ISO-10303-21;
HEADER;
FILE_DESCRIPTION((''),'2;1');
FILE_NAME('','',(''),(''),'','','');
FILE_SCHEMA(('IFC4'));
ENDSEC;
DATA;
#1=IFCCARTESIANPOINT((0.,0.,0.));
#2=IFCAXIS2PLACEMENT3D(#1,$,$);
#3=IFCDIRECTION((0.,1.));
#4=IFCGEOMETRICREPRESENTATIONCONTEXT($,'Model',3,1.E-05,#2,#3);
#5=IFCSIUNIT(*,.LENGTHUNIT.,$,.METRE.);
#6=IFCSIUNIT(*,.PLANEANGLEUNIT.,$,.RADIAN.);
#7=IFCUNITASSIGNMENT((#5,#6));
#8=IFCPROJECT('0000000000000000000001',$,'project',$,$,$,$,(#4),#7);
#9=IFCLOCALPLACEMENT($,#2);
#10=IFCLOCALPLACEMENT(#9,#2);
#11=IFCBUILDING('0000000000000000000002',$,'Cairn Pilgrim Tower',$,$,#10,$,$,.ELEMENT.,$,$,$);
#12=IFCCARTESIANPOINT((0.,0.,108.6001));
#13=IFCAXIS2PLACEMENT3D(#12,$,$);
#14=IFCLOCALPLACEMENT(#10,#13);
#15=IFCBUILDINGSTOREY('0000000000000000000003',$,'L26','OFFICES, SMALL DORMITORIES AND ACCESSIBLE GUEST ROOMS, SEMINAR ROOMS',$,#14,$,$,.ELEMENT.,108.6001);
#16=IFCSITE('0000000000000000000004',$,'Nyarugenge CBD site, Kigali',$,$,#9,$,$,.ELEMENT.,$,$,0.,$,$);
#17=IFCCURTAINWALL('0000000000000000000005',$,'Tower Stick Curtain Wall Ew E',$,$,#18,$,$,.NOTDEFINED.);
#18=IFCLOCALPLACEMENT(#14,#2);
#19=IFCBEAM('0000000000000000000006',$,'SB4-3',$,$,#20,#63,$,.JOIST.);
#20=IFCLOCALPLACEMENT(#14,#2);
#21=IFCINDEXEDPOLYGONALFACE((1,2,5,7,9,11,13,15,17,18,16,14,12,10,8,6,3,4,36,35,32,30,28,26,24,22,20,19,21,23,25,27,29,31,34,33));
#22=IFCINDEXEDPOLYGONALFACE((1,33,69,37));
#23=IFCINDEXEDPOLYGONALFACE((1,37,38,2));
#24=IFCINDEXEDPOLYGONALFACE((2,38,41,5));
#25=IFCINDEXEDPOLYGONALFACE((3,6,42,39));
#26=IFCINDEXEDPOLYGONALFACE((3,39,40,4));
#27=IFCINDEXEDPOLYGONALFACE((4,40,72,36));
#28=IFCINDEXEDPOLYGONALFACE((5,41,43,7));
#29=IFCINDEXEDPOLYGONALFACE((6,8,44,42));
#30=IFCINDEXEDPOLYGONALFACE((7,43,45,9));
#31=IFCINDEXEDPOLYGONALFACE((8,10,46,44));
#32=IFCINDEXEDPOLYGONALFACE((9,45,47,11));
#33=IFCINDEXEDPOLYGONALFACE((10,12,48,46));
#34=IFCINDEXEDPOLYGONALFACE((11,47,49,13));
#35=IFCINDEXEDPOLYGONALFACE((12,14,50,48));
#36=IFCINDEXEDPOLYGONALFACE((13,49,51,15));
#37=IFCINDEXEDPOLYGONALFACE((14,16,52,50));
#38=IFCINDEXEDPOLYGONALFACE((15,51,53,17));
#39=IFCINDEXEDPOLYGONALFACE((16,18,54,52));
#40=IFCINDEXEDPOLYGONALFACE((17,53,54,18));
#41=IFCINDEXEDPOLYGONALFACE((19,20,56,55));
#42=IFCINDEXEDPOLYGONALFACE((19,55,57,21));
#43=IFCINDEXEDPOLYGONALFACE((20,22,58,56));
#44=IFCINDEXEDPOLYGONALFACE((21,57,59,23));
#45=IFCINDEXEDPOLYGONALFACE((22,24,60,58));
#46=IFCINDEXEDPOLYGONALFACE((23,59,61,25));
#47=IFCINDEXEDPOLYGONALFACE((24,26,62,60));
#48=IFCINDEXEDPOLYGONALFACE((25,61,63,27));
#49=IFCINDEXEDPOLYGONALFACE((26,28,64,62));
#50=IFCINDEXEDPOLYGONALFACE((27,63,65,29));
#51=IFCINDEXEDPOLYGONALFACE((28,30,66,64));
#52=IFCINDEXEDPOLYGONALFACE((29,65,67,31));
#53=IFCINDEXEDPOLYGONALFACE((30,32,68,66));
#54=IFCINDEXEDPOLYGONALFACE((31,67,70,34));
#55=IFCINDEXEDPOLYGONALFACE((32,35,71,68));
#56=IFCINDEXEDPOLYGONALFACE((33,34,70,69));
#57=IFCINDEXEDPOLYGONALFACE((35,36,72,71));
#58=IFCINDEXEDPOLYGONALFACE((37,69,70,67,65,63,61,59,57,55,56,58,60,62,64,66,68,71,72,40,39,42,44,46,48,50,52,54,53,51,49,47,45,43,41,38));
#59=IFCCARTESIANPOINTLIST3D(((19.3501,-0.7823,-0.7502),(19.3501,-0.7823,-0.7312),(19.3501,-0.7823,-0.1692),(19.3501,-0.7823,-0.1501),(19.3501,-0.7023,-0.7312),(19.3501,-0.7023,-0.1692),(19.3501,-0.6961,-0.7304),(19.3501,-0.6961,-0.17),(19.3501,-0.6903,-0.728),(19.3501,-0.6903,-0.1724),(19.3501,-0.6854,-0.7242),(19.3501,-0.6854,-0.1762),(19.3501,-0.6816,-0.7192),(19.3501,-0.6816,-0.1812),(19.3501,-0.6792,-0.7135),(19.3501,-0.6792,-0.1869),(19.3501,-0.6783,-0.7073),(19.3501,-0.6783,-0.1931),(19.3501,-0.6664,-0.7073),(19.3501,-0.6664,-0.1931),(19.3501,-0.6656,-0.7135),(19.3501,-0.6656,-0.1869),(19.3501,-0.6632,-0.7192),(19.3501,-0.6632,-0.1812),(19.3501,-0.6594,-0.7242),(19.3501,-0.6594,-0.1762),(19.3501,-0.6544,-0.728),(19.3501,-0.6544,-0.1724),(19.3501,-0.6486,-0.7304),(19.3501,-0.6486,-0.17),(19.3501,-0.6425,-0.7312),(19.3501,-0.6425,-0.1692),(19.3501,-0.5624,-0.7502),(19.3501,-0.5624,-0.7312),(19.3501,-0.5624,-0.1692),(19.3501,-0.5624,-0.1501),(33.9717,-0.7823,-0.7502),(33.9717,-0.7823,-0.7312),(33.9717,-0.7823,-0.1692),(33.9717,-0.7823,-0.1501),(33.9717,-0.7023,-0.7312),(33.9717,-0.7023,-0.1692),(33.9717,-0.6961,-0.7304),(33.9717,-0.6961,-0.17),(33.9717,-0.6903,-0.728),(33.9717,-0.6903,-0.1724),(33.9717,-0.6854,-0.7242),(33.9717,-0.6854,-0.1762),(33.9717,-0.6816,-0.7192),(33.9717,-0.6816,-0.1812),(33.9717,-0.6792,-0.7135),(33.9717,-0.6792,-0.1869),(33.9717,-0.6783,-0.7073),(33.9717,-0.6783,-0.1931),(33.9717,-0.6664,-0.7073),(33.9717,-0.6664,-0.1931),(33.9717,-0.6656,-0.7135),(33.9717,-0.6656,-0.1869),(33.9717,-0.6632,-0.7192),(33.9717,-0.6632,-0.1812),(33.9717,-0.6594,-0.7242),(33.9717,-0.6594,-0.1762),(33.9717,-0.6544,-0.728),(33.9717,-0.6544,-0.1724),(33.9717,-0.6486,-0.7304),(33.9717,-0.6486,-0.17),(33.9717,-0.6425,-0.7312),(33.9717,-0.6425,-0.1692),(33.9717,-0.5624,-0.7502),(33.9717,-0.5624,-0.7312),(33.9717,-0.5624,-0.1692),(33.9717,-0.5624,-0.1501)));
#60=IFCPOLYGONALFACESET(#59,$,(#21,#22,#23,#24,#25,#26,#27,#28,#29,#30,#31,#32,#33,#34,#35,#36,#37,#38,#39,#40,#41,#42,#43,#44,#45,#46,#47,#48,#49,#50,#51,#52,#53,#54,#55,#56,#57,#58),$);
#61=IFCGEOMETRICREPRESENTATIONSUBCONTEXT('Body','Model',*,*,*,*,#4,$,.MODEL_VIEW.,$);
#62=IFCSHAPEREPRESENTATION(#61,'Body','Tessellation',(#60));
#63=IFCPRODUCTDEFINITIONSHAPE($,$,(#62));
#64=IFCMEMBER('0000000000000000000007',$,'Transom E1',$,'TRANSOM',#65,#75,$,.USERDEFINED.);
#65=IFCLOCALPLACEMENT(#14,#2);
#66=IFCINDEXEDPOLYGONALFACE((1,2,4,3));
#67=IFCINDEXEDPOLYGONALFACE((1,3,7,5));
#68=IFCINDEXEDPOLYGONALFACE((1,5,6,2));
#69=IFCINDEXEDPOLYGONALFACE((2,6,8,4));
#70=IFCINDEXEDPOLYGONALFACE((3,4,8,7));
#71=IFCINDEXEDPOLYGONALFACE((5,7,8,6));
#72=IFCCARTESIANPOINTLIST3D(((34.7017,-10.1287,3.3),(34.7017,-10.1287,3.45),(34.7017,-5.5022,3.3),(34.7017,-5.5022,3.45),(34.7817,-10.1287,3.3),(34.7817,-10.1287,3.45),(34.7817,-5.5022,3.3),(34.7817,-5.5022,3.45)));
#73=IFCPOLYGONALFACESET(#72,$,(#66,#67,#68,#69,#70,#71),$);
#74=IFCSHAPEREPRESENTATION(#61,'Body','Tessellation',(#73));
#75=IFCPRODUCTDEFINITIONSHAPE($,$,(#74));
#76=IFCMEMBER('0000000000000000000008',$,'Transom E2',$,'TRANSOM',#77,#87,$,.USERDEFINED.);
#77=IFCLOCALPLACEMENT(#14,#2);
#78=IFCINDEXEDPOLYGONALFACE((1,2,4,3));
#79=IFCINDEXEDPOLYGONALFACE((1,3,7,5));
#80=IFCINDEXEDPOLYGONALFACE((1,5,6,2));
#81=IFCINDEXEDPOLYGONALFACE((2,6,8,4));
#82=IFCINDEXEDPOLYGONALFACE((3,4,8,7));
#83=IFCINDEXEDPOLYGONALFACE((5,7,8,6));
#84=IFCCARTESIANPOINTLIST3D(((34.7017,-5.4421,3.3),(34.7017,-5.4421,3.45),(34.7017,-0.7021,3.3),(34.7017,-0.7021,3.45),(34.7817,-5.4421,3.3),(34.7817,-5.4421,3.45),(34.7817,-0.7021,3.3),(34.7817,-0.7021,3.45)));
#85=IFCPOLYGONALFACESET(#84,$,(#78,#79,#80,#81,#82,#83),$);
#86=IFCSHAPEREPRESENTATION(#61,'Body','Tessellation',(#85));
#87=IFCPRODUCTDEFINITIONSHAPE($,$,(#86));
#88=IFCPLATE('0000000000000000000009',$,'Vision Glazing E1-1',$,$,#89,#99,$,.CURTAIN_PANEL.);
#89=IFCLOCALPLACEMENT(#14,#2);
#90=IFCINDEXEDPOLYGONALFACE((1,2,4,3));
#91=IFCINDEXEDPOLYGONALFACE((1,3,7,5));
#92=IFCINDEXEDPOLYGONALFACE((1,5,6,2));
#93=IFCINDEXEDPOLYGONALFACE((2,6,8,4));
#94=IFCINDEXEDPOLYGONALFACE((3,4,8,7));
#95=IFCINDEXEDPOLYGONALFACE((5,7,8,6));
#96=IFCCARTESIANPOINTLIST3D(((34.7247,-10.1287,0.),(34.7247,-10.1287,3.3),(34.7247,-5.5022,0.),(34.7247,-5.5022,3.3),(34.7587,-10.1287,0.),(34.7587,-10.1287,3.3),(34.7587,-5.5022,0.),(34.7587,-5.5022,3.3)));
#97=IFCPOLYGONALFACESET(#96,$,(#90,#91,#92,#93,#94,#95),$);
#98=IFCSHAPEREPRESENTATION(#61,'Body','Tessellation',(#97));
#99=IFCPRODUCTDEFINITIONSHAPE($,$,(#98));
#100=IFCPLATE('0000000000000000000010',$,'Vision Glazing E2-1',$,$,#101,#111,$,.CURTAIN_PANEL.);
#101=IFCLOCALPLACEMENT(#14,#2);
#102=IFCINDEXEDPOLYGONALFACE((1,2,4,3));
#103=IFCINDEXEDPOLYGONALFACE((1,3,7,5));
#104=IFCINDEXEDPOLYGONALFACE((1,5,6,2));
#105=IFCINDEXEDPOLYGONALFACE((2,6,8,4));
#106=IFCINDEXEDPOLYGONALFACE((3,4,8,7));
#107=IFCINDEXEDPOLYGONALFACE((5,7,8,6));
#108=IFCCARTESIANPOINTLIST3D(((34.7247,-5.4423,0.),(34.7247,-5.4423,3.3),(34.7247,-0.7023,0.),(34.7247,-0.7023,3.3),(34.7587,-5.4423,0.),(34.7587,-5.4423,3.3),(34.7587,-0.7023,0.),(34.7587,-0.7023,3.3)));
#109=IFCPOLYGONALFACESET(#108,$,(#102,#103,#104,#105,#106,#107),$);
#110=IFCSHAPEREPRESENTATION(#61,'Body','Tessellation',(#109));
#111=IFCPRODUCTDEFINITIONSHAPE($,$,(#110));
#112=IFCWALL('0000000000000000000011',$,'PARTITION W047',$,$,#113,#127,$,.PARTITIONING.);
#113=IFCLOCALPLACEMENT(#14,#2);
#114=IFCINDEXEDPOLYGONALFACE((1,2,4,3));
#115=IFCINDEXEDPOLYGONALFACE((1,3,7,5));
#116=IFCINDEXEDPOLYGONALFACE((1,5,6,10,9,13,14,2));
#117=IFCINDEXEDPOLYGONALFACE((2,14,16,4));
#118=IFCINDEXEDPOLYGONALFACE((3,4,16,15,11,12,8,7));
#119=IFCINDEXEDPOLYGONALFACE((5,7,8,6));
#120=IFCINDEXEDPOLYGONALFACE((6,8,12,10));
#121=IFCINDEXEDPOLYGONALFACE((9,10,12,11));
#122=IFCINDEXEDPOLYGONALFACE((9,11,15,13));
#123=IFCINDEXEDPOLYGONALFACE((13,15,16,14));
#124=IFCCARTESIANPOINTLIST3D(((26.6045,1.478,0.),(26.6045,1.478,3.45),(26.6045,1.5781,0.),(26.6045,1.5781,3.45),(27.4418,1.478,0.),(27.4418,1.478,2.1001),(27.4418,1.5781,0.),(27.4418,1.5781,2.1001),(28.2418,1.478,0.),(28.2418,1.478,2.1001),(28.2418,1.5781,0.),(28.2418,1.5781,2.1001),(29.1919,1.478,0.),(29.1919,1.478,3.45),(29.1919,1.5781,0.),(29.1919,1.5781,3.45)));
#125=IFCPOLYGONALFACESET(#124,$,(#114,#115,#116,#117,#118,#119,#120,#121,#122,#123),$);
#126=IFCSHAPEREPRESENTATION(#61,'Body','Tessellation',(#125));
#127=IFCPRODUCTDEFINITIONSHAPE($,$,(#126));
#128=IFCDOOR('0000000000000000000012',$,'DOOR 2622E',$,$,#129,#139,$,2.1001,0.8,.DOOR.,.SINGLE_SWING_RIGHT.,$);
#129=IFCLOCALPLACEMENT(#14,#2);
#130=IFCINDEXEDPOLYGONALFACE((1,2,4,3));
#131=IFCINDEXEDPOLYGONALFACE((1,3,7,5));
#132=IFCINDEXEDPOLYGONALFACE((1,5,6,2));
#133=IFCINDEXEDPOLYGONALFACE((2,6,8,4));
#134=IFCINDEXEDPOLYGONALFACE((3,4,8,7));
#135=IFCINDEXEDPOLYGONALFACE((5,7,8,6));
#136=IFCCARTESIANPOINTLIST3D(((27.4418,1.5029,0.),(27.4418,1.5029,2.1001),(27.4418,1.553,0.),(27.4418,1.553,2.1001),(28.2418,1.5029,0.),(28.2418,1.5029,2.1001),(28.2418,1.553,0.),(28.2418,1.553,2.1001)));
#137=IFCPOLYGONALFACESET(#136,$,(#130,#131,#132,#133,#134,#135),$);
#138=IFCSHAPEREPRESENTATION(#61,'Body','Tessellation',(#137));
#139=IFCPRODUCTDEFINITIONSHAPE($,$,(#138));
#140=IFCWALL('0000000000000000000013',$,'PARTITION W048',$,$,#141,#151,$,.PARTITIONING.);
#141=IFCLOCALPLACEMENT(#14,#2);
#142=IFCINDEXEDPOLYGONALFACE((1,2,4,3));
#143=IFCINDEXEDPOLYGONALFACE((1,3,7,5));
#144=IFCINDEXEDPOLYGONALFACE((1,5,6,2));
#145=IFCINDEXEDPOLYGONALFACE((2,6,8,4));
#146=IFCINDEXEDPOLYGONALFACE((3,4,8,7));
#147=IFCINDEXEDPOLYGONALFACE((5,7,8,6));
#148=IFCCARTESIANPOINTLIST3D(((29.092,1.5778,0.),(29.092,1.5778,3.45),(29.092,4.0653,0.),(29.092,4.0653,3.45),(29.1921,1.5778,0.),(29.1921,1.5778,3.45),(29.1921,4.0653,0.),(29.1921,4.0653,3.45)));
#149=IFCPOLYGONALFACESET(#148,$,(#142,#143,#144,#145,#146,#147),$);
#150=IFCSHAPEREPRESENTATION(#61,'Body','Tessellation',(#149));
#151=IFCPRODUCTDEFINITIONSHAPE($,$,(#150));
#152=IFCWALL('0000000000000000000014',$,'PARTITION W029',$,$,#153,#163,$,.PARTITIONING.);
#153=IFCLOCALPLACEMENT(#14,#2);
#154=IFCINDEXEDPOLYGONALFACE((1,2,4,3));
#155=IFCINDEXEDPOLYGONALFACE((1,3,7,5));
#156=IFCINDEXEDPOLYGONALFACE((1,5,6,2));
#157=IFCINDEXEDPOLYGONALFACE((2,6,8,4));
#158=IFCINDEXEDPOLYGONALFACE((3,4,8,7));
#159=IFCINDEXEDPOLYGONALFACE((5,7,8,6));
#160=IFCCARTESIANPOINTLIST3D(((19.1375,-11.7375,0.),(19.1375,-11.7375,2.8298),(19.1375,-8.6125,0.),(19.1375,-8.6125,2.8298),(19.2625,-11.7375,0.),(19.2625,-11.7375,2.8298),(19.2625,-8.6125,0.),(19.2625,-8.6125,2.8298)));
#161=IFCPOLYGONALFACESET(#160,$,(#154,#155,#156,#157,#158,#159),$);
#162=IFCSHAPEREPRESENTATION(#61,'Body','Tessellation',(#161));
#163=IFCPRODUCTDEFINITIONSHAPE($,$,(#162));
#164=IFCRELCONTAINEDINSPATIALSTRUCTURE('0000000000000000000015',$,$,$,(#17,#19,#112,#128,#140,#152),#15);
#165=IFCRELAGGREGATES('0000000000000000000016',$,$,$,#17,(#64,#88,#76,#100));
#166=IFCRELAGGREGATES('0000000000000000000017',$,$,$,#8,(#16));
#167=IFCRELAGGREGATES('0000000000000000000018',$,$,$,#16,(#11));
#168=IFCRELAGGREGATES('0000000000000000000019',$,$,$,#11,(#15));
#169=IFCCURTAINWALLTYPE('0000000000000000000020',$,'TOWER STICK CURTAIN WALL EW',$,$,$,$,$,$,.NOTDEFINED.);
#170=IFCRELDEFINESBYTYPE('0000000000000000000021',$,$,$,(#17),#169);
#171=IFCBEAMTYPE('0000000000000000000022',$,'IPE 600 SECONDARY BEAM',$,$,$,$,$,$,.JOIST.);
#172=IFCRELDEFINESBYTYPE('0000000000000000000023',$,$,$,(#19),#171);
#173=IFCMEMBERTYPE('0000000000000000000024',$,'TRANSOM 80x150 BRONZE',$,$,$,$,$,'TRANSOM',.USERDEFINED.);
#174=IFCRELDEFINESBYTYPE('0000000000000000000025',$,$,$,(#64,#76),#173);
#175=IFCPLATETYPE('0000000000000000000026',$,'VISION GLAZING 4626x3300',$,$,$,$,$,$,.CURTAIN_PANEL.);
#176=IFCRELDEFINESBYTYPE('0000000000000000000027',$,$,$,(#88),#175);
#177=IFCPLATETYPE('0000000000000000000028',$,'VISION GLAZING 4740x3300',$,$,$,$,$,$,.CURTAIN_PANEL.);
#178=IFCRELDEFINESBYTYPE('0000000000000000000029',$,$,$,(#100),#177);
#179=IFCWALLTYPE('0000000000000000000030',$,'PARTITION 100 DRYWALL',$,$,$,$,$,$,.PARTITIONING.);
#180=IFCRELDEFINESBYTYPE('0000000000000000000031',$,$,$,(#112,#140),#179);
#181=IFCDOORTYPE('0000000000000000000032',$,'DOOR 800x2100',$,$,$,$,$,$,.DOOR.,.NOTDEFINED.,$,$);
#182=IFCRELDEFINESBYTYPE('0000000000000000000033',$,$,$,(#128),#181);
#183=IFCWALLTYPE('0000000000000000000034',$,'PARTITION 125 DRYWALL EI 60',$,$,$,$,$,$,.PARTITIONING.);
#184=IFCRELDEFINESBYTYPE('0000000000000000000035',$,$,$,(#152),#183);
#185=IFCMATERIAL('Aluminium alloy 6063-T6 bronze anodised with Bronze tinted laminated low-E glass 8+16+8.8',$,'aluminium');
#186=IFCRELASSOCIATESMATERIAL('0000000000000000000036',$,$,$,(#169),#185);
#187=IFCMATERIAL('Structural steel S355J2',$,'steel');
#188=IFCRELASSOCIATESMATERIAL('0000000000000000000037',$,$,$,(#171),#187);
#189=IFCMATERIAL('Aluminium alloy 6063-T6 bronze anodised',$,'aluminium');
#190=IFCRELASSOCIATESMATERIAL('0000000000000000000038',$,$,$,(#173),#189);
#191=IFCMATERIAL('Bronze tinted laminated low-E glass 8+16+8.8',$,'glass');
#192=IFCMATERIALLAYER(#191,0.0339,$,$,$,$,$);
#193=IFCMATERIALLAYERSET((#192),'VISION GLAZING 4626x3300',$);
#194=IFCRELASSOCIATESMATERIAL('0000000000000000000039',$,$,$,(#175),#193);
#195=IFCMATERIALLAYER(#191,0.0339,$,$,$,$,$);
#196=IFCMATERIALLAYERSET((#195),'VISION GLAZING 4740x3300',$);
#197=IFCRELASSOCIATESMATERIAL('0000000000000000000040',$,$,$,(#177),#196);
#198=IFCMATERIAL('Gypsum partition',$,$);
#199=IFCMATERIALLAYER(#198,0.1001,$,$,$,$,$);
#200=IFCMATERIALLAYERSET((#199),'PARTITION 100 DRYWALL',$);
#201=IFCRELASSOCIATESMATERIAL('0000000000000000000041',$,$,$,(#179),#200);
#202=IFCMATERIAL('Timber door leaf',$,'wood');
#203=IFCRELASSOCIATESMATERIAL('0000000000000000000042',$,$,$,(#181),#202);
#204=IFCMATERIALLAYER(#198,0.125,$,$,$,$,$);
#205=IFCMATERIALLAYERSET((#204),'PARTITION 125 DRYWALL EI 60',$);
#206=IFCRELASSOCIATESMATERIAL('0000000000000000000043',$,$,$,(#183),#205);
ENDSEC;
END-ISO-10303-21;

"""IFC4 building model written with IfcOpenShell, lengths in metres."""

from ifc_helpers import new_model, si_unit, direction, frame, frame_2d, origin, origin_2d, place, context, subcontext, project, spatial, rectangle, i_section, extrude, material, layer, layer_set, material_profile, profile_set, type_object, element, fill, aggregate, save


model = new_model("IFC4")

# Units and contexts
model_context = context("Model", 3, precision=1e-05, world=origin(), true_north=direction((0.0, 1.0)))
body_context = subcontext(model_context, "Body", "Model", "MODEL_VIEW")
ifc_project = project(units=[si_unit("LENGTHUNIT", "METRE"), si_unit("PLANEANGLEUNIT", "RADIAN")], contexts=[model_context])

# Site, building, storey
site_placement = place(None, origin())
site = spatial("IfcSite", under=ifc_project, at=site_placement, Name="Nyarugenge CBD site, Kigali", CompositionType="ELEMENT", RefElevation=0.0)
building_placement = place(site_placement, origin())
building = spatial("IfcBuilding", under=site, at=building_placement, Name="Cairn Pilgrim Tower", CompositionType="ELEMENT")
storey_placement = place(building_placement, frame((0.0, 0.0, 108.6001)))
storey = spatial("IfcBuildingStorey", under=building, at=storey_placement, Name="L26", Description="OFFICES, SMALL DORMITORIES AND ACCESSIBLE GUEST ROOMS, SEMINAR ROOMS", CompositionType="ELEMENT", Elevation=108.6001)

# Curtain wall
ifc_material_1 = material(Name="Aluminium alloy 6063-T6 bronze anodised with Bronze tinted laminated low-E glass 8+16+8.8", Category="aluminium")
curtain_wall_type = type_object("IfcCurtainWallType", Name="TOWER STICK CURTAIN WALL EW", PredefinedType="NOTDEFINED", material=ifc_material_1)
curtain_wall_placement = place(storey_placement, origin())
curtain_wall = element("IfcCurtainWall", 1, at=curtain_wall_placement, inside=storey, type_object=curtain_wall_type, Name="Tower Stick Curtain Wall Ew E", PredefinedType="NOTDEFINED")
ifc_material_2 = material(Name="Aluminium alloy 6063-T6 bronze anodised", Category="aluminium")

# Beam
ifc_material_3 = material(Name="Structural steel S355J2", Category="steel")
ifc_material_profile_1 = material_profile(ifc_material_3, i_section(OverallWidth=0.22, OverallDepth=0.6001, WebThickness=0.012, FlangeThickness=0.019, FilletRadius=0.0239, at=origin_2d()), Name="IPE 600")
ifc_profile_set_1 = profile_set([ifc_material_profile_1], Name="Structural steel S355J2")
beam_type_1 = type_object("IfcBeamType", Name="IPE 600 SECONDARY BEAM", PredefinedType="JOIST", material=ifc_profile_set_1)
for number, where, z_axis, x_axis, name in (
    (2, (19.3501, -0.6724, -0.4502), (1.0, 0.0, 0.0), (0.0, 1.0, 0.0), "SB4-3"),
):
    element("IfcBeam", number, at=place(storey_placement, frame(where, z_axis=z_axis, x_axis=x_axis)), inside=storey, type_object=beam_type_1, Name=name, PredefinedType="JOIST", context=body_context, shape_type="SweptSolid", body=[
        extrude(i_section(OverallWidth=0.22, OverallDepth=0.6001, WebThickness=0.012, FlangeThickness=0.019, FilletRadius=0.0239, at=origin_2d()), origin(), (0.0, 0.0, 1.0), 14.6216),
    ])

# Members
ifc_material_profile_2 = material_profile(ifc_material_2, rectangle(XDim=0.0801, YDim=0.1499, at=origin_2d()), Name="TRANSOM 80x150 BRONZE")
ifc_profile_set_2 = profile_set([ifc_material_profile_2], Name="Aluminium alloy 6063-T6 bronze anodised")
member_type_1 = type_object("IfcMemberType", Name="TRANSOM 80x150 BRONZE", ElementType="TRANSOM", PredefinedType="USERDEFINED", material=ifc_profile_set_2)
member_1_placement = place(storey_placement, frame((34.7417, -10.1287, 3.375), z_axis=(0.0, 1.0, 0.0), x_axis=(-1.0, 0.0, 0.0)))
member_1 = element("IfcMember", 3, at=member_1_placement, type_object=member_type_1, Name="Transom E1", ObjectType="TRANSOM", PredefinedType="USERDEFINED", context=body_context, shape_type="SweptSolid", body=[
    extrude(rectangle(XDim=0.0801, YDim=0.1499, at=origin_2d()), origin(), (0.0, 0.0, 1.0), 4.6265),
])
member_2_placement = place(storey_placement, frame((34.7417, -5.4421, 3.375), z_axis=(0.0, 1.0, 0.0), x_axis=(-1.0, 0.0, 0.0)))
member_2 = element("IfcMember", 4, at=member_2_placement, type_object=member_type_1, Name="Transom E2", ObjectType="TRANSOM", PredefinedType="USERDEFINED", context=body_context, shape_type="SweptSolid", body=[
    extrude(rectangle(XDim=0.0801, YDim=0.1499, at=origin_2d()), origin(), (0.0, 0.0, 1.0), 4.74),
])

# Plates
ifc_material_4 = material(Name="Bronze tinted laminated low-E glass 8+16+8.8", Category="glass")
ifc_layer_1 = layer(ifc_material_4, 0.0339)
ifc_layer_set_1 = layer_set([ifc_layer_1], Name="VISION GLAZING 4626x3300")
plate_type_1 = type_object("IfcPlateType", Name="VISION GLAZING 4626x3300", PredefinedType="CURTAIN_PANEL", material=ifc_layer_set_1)
plate_1_placement = place(storey_placement, frame((34.7417, -7.8154, 0.0), z_axis=(0.0, 0.0, 1.0), x_axis=(0.0, 1.0, 0.0)))
plate_1 = element("IfcPlate", 5, at=plate_1_placement, type_object=plate_type_1, Name="Vision Glazing E1-1", PredefinedType="CURTAIN_PANEL", context=body_context, shape_type="SweptSolid", body=[
    extrude(rectangle(XDim=4.6265, YDim=0.0339, at=origin_2d()), origin(), (0.0, 0.0, 1.0), 3.3),
])
ifc_layer_2 = layer(ifc_material_4, 0.0339)
ifc_layer_set_2 = layer_set([ifc_layer_2], Name="VISION GLAZING 4740x3300")
plate_type_2 = type_object("IfcPlateType", Name="VISION GLAZING 4740x3300", PredefinedType="CURTAIN_PANEL", material=ifc_layer_set_2)
plate_2_placement = place(storey_placement, frame((34.7417, -3.0723, 0.0), z_axis=(0.0, 0.0, 1.0), x_axis=(0.0, 1.0, 0.0)))
plate_2 = element("IfcPlate", 6, at=plate_2_placement, type_object=plate_type_2, Name="Vision Glazing E2-1", PredefinedType="CURTAIN_PANEL", context=body_context, shape_type="SweptSolid", body=[
    extrude(rectangle(XDim=4.74, YDim=0.0339, at=origin_2d()), origin(), (0.0, 0.0, 1.0), 3.3),
])
aggregate(curtain_wall, [member_1, plate_1, member_2, plate_2])

# Wall, opening, door
ifc_material_5 = material(Name="Gypsum partition")
ifc_layer_3 = layer(ifc_material_5, 0.1001)
ifc_layer_set_3 = layer_set([ifc_layer_3], Name="PARTITION 100 DRYWALL")
wall_type_1 = type_object("IfcWallType", Name="PARTITION 100 DRYWALL", PredefinedType="PARTITIONING", material=ifc_layer_set_3)
wall_1_placement = place(storey_placement, frame((26.6045, 1.5281, 0.0), z_axis=(0.0, 0.0, 1.0), x_axis=(1.0, 0.0, 0.0)))
wall_1 = element("IfcWall", 7, at=wall_1_placement, inside=storey, type_object=wall_type_1, Name="PARTITION W047", PredefinedType="PARTITIONING", context=body_context, shape_type="SweptSolid", body=[
    extrude(rectangle(XDim=2.5874, YDim=0.1001, at=frame_2d((1.2937, 0.0))), origin(), (0.0, 0.0, 1.0), 3.45),
])
opening_1_placement = place(wall_1_placement, frame((0.8374, 0.0, 0.0)))
opening_1 = element("IfcOpeningElement", 8, at=opening_1_placement, cuts=wall_1, PredefinedType="OPENING", context=body_context, shape_type="SweptSolid", body=[
    extrude(rectangle(XDim=0.8, YDim=2.1001, at=frame_2d((0.3999, 1.05))), frame((0.0, 0.0601, 0.0), z_axis=(0.0, -1.0, 0.0), x_axis=(1.0, 0.0, 0.0)), (0.0, 0.0, 1.0), 0.1201),
])
ifc_material_6 = material(Name="Timber door leaf", Category="wood")
door_type_1 = type_object("IfcDoorType", Name="DOOR 800x2100", OperationType="NOTDEFINED", PredefinedType="DOOR", material=ifc_material_6)
door_1_placement = place(opening_1_placement, origin())
door_1 = element("IfcDoor", 9, at=door_1_placement, inside=storey, type_object=door_type_1, Name="DOOR 2622E", OperationType="SINGLE_SWING_RIGHT", OverallHeight=2.1001, OverallWidth=0.8, PredefinedType="DOOR", context=body_context, shape_type="SweptSolid", body=[
    extrude(rectangle(XDim=0.8, YDim=2.1001, at=frame_2d((0.3999, 1.05))), frame((0.0, 0.0249, 0.0), z_axis=(0.0, -1.0, 0.0), x_axis=(1.0, 0.0, 0.0)), (0.0, 0.0, 1.0), 0.05),
])
fill(opening_1, door_1)

# Walls
wall_2_placement = place(storey_placement, frame((29.1421, 1.5779, 0.0), z_axis=(0.0, 0.0, 1.0), x_axis=(0.0, 1.0, 0.0)))
element("IfcWall", 10, at=wall_2_placement, inside=storey, type_object=wall_type_1, Name="PARTITION W048", PredefinedType="PARTITIONING", context=body_context, shape_type="SweptSolid", body=[
    extrude(rectangle(XDim=2.4875, YDim=0.1001, at=frame_2d((1.2437, 0.0))), origin(), (0.0, 0.0, 1.0), 3.45),
])
ifc_layer_4 = layer(ifc_material_5, 0.125)
ifc_layer_set_4 = layer_set([ifc_layer_4], Name="PARTITION 125 DRYWALL EI 60")
wall_type_2 = type_object("IfcWallType", Name="PARTITION 125 DRYWALL EI 60", PredefinedType="PARTITIONING", material=ifc_layer_set_4)
wall_3_placement = place(storey_placement, frame((19.2, -11.7375, 0.0), z_axis=(0.0, 0.0, 1.0), x_axis=(0.0, 1.0, 0.0)))
element("IfcWall", 11, at=wall_3_placement, inside=storey, type_object=wall_type_2, Name="PARTITION W029", PredefinedType="PARTITIONING", context=body_context, shape_type="SweptSolid", body=[
    extrude(rectangle(XDim=3.125, YDim=0.125, at=frame_2d((1.5625, 0.0))), origin(), (0.0, 0.0, 1.0), 2.8298),
])

save(model, "model.ifc")
